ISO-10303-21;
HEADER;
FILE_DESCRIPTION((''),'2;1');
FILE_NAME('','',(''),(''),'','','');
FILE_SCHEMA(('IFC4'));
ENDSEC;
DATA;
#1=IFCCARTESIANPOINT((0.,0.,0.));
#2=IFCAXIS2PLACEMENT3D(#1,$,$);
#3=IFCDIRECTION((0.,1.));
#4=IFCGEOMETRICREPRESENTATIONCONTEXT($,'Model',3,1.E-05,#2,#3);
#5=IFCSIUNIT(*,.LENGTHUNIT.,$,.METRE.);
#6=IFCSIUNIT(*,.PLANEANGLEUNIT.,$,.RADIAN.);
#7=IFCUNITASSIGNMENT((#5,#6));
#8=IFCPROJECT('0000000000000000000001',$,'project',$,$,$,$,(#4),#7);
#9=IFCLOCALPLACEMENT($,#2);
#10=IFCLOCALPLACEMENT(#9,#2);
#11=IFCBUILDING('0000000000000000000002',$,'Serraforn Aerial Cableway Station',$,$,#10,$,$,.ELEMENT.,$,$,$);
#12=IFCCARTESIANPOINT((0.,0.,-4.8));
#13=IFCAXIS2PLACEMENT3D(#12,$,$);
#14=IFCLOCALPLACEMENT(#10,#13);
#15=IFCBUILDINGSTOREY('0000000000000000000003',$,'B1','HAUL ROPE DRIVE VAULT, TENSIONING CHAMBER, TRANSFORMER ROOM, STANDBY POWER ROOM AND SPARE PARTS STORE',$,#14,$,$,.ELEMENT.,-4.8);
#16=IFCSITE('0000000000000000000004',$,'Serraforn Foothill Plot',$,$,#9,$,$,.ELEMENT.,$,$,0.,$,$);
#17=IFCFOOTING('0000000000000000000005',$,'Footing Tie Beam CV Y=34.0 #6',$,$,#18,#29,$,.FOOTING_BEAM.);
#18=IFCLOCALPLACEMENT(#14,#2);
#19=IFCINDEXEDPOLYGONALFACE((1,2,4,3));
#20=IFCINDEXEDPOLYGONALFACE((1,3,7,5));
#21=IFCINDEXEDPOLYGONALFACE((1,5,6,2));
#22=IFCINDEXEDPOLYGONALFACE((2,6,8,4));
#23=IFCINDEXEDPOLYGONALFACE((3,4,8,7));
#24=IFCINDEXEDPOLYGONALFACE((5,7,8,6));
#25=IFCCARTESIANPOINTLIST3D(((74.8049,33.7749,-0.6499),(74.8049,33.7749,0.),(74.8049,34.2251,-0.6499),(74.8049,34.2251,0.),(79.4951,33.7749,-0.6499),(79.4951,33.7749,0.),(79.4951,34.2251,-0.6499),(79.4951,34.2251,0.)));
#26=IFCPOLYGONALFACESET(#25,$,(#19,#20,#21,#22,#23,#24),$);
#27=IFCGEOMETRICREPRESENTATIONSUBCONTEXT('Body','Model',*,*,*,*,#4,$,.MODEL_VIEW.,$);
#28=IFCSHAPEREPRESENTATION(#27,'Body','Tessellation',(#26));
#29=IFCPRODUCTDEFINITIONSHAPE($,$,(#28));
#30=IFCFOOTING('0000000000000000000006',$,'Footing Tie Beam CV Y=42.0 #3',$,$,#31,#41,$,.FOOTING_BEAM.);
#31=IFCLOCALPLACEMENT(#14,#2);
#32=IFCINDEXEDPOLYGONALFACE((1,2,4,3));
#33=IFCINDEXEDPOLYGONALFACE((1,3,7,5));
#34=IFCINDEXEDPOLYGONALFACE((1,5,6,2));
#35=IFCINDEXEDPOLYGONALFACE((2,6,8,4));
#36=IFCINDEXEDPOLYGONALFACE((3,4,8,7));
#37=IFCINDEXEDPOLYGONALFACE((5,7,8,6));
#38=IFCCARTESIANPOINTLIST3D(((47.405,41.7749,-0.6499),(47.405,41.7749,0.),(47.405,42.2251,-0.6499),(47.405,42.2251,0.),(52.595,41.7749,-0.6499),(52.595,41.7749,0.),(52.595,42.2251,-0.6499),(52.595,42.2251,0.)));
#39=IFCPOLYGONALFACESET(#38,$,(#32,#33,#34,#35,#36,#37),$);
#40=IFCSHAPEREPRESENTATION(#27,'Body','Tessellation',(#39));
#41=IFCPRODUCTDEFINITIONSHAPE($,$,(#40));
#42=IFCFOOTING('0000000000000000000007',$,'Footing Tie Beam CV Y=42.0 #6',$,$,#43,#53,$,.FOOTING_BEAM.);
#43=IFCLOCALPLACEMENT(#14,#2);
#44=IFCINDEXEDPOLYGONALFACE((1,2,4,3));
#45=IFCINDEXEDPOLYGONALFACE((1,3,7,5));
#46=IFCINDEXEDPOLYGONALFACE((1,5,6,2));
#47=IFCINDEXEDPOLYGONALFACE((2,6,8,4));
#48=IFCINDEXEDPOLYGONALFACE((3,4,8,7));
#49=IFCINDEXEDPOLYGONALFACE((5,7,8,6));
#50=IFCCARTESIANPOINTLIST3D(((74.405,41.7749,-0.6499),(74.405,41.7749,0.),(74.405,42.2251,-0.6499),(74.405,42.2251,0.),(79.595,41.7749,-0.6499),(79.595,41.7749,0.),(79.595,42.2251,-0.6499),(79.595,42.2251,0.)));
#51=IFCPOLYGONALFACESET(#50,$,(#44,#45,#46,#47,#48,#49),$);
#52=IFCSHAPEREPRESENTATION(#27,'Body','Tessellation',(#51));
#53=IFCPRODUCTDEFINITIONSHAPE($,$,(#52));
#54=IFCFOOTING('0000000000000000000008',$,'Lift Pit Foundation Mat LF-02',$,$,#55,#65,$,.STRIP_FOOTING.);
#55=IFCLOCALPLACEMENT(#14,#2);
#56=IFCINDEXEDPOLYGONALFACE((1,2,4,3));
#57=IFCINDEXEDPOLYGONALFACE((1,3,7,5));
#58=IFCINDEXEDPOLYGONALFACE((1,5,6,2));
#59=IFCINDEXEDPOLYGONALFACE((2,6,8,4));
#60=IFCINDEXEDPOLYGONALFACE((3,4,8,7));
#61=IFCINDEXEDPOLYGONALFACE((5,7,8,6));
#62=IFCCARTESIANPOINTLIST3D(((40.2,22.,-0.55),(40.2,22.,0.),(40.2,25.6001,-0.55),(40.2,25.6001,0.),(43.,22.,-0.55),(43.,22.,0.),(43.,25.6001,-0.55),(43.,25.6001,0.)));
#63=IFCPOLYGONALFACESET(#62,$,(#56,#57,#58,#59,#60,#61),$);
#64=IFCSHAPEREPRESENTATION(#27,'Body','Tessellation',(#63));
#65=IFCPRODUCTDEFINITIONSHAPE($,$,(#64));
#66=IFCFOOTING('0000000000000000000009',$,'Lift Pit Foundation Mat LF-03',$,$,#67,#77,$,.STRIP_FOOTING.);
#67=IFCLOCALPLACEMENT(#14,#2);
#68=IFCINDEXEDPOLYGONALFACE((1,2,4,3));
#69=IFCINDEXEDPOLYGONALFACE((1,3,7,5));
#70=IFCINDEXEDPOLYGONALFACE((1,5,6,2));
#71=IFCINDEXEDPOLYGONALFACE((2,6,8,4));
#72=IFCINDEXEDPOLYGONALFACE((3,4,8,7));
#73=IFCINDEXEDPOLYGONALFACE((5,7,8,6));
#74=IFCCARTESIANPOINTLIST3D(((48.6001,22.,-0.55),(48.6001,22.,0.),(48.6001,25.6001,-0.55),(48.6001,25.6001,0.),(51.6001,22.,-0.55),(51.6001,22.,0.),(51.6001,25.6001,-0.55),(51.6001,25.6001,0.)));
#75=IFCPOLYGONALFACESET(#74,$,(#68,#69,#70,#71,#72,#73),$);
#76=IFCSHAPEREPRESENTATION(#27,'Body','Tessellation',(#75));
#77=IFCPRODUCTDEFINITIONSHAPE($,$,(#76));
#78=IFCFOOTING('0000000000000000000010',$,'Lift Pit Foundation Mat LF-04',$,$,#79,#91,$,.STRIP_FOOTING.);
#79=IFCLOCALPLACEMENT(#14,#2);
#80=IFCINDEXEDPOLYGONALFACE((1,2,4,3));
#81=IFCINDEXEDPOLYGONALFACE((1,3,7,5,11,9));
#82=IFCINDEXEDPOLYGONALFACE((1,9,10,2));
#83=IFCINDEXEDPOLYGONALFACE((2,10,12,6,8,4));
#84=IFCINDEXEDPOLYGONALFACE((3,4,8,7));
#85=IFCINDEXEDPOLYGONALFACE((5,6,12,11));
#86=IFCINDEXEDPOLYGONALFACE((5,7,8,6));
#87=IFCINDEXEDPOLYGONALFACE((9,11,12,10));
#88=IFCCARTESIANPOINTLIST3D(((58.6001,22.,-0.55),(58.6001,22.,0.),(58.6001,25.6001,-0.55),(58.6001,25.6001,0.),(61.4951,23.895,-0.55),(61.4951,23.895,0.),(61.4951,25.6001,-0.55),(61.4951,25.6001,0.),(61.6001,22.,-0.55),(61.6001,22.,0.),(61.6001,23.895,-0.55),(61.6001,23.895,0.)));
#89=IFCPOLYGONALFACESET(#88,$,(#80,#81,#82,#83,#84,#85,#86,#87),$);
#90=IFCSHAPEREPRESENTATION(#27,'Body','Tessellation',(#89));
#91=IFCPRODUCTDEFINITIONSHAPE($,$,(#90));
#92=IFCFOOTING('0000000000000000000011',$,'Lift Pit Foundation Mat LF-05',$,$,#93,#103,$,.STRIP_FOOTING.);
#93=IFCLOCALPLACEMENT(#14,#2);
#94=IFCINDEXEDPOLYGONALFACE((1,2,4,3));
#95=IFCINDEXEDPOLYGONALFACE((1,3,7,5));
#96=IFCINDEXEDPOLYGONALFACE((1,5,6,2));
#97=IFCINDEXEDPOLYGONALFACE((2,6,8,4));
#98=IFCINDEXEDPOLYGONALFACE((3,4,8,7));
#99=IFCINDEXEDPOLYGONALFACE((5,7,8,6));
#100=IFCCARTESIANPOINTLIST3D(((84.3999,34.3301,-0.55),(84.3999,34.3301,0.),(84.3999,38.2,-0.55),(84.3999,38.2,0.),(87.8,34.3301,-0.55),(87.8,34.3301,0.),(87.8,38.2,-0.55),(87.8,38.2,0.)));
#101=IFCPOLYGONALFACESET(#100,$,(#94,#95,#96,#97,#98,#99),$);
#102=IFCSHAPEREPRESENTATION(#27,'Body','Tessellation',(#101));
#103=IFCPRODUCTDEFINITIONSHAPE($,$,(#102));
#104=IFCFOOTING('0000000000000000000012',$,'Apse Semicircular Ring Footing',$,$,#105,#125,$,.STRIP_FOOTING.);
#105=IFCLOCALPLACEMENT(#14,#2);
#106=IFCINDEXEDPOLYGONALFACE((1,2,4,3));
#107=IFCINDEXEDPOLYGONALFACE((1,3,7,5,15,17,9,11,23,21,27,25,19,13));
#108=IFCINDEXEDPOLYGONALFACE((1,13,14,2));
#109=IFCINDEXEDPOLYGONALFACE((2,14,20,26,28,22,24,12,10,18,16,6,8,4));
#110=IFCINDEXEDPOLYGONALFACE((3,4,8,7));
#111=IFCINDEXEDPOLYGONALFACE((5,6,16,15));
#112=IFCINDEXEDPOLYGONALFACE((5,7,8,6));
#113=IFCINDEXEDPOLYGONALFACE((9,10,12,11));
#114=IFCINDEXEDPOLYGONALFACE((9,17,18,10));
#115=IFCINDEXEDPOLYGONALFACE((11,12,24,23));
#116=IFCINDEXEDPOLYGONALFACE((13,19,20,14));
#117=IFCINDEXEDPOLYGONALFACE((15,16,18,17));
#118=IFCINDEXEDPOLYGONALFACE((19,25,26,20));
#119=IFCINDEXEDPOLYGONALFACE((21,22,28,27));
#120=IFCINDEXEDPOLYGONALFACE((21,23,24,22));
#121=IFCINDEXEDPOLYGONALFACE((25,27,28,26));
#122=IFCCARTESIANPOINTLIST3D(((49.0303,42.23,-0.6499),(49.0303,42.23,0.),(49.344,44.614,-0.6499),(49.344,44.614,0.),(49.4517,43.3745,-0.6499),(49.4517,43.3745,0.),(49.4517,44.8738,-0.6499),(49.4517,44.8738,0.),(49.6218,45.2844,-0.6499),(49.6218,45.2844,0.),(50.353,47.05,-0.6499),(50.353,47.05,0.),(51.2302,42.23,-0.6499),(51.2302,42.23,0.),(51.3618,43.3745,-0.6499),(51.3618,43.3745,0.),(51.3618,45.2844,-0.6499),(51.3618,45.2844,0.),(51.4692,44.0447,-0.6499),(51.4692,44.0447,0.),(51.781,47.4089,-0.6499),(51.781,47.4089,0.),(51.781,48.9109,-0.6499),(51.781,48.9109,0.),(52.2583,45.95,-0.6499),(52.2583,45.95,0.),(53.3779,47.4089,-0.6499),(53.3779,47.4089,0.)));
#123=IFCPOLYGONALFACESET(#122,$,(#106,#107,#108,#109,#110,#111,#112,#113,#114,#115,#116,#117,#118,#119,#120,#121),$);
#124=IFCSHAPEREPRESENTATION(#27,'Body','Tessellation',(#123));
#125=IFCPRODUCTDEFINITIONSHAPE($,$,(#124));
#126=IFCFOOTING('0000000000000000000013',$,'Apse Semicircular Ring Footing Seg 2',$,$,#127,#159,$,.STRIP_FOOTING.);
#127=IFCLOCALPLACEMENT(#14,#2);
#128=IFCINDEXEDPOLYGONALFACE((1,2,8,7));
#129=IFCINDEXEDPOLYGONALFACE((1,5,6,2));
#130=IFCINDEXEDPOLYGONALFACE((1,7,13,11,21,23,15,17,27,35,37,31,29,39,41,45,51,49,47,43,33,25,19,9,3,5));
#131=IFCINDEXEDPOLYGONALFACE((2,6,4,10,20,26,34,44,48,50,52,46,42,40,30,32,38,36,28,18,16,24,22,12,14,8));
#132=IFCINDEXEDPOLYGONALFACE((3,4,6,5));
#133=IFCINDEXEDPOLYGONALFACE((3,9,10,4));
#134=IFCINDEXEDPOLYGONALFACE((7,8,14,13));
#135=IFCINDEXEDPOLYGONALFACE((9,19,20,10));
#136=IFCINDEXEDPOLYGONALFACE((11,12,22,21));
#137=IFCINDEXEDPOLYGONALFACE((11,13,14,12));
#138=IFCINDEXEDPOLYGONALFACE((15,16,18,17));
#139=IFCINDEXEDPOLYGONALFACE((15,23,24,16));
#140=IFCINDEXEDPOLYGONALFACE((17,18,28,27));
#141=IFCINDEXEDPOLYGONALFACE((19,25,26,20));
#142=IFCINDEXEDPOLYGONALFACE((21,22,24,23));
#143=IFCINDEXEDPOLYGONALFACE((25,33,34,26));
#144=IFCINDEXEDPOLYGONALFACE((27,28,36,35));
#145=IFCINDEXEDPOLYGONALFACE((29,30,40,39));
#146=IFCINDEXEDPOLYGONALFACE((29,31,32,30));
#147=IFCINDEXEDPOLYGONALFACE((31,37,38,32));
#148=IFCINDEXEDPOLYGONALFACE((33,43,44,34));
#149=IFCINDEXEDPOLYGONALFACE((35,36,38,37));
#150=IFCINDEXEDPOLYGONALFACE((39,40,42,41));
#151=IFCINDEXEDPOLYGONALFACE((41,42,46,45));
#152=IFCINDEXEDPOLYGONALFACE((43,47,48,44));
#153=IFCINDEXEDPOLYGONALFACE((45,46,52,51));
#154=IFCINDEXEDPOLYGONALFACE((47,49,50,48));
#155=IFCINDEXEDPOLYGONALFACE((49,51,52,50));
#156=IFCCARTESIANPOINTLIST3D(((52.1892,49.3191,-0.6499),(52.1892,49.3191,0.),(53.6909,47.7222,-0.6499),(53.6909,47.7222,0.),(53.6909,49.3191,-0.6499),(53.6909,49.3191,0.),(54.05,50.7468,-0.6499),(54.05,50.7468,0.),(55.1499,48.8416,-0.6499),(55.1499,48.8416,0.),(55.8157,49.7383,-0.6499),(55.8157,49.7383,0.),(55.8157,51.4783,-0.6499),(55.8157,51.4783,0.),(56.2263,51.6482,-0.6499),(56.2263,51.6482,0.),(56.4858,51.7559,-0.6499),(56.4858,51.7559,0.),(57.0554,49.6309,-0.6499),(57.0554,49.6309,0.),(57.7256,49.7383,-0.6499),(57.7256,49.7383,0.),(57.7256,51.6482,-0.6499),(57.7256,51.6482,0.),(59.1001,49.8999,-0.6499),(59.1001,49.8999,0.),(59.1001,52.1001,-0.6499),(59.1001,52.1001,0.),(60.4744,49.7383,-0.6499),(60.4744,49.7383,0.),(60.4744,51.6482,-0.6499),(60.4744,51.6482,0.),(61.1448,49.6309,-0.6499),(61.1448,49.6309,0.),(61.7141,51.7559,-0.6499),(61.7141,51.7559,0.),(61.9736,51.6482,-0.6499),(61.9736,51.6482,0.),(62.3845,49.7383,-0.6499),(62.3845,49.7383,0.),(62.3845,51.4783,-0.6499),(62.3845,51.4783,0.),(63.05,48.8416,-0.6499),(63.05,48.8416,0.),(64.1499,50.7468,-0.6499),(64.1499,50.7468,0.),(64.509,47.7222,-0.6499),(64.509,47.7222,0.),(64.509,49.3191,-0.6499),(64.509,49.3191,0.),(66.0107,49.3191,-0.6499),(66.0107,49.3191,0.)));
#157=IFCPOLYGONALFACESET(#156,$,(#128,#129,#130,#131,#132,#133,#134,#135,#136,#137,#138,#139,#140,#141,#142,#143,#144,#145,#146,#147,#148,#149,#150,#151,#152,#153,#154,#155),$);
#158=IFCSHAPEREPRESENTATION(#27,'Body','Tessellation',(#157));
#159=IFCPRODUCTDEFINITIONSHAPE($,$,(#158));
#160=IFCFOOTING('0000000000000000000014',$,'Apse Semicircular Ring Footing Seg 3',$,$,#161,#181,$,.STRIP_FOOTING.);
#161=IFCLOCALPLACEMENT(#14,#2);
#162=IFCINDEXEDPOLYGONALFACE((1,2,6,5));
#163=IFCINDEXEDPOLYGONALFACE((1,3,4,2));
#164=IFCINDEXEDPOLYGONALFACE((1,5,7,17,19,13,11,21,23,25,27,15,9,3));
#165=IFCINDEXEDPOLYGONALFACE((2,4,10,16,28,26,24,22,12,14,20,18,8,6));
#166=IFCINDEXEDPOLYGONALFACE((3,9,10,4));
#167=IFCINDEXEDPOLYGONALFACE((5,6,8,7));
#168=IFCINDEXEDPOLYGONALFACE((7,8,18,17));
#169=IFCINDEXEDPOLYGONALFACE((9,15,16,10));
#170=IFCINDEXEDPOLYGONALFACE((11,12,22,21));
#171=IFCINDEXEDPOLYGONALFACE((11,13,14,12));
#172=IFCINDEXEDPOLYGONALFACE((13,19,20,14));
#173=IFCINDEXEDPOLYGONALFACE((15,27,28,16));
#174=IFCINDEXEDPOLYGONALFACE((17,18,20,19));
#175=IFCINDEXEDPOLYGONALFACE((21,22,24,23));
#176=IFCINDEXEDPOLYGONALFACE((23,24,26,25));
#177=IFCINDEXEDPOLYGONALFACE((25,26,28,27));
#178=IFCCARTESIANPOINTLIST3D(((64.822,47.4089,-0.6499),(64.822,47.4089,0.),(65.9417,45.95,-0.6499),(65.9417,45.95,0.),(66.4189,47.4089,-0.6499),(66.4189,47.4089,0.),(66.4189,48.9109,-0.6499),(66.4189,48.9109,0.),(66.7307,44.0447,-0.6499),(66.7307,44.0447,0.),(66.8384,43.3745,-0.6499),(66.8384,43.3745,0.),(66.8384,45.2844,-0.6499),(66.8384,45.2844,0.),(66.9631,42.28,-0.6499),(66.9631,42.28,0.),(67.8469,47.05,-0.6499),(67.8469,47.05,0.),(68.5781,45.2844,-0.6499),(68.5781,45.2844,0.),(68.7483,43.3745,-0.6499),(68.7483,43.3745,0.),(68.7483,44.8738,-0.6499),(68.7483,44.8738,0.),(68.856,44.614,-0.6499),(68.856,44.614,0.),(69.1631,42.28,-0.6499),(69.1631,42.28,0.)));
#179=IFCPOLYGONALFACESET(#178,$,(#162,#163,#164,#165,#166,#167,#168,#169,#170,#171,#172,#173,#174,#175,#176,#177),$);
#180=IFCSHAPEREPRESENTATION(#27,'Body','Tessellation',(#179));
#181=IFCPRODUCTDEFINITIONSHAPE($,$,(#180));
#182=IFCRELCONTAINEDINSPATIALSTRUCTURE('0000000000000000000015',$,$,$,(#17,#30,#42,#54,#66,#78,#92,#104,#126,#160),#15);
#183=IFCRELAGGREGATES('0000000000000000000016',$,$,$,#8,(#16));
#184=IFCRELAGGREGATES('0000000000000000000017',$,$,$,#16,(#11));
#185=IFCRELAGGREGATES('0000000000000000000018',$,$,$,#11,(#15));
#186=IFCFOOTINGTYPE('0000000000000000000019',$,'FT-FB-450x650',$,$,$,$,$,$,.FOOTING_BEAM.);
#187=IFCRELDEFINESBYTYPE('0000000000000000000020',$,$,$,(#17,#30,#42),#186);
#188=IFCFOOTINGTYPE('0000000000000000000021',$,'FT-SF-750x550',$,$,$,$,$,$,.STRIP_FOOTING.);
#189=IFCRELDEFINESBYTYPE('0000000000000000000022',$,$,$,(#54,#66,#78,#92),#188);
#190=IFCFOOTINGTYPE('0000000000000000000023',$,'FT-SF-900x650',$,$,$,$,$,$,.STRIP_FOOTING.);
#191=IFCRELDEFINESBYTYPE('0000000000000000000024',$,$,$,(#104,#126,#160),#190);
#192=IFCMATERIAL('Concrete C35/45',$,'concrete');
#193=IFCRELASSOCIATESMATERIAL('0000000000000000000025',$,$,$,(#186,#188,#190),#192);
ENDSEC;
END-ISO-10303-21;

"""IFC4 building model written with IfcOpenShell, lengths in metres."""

from ifc_helpers import new_model, si_unit, direction, frame, origin, place, context, subcontext, project, spatial, polyline, outline, extrude, material, type_object, element, save


model = new_model("IFC4")

# Units and contexts
model_context = context("Model", 3, precision=1e-05, world=origin(), true_north=direction((0.0, 1.0)))
body_context = subcontext(model_context, "Body", "Model", "MODEL_VIEW")
ifc_project = project(units=[si_unit("LENGTHUNIT", "METRE"), si_unit("PLANEANGLEUNIT", "RADIAN")], contexts=[model_context])

# Site, building, storey
site_placement = place(None, origin())
site = spatial("IfcSite", under=ifc_project, at=site_placement, Name="Serraforn Foothill Plot", CompositionType="ELEMENT", RefElevation=0.0)
building_placement = place(site_placement, origin())
building = spatial("IfcBuilding", under=site, at=building_placement, Name="Serraforn Aerial Cableway Station", CompositionType="ELEMENT")
storey_placement = place(building_placement, frame((0.0, 0.0, -4.8)))
storey = spatial("IfcBuildingStorey", under=building, at=storey_placement, Name="B1", Description="HAUL ROPE DRIVE VAULT, TENSIONING CHAMBER, TRANSFORMER ROOM, STANDBY POWER ROOM AND SPARE PARTS STORE", CompositionType="ELEMENT", Elevation=-4.8)

# Footings
ifc_material_1 = material(Name="Concrete C35/45", Category="concrete")
footing_type_1 = type_object("IfcFootingType", Name="FT-FB-450x650", PredefinedType="FOOTING_BEAM", material=ifc_material_1)
footing_1_placement = place(storey_placement, frame((0.0, 0.0, -0.6499)))
element("IfcFooting", 1, at=footing_1_placement, inside=storey, type_object=footing_type_1, Name="Footing Tie Beam CV Y=34.0 #6", PredefinedType="FOOTING_BEAM", context=body_context, shape_type="SweptSolid", body=[
    extrude(outline(polyline([(79.4951, 34.2251), (79.4951, 33.7749), (74.8049, 33.7749), (74.8049, 34.2251), (79.4951, 34.2251)])), origin(), (0.0, 0.0, 1.0), 0.6499),
])
footing_2_placement = place(storey_placement, frame((0.0, 0.0, -0.6499)))
element("IfcFooting", 2, at=footing_2_placement, inside=storey, type_object=footing_type_1, Name="Footing Tie Beam CV Y=42.0 #3", PredefinedType="FOOTING_BEAM", context=body_context, shape_type="SweptSolid", body=[
    extrude(outline(polyline([(52.595, 42.2251), (52.595, 41.7749), (47.405, 41.7749), (47.405, 42.2251), (52.595, 42.2251)])), origin(), (0.0, 0.0, 1.0), 0.6499),
])
footing_3_placement = place(storey_placement, frame((0.0, 0.0, -0.6499)))
element("IfcFooting", 3, at=footing_3_placement, inside=storey, type_object=footing_type_1, Name="Footing Tie Beam CV Y=42.0 #6", PredefinedType="FOOTING_BEAM", context=body_context, shape_type="SweptSolid", body=[
    extrude(outline(polyline([(79.595, 42.2251), (79.595, 41.7749), (74.405, 41.7749), (74.405, 42.2251), (79.595, 42.2251)])), origin(), (0.0, 0.0, 1.0), 0.6499),
])
footing_type_2 = type_object("IfcFootingType", Name="FT-SF-750x550", PredefinedType="STRIP_FOOTING", material=ifc_material_1)
footing_4_placement = place(storey_placement, frame((0.0, 0.0, -0.55)))
element("IfcFooting", 4, at=footing_4_placement, inside=storey, type_object=footing_type_2, Name="Lift Pit Foundation Mat LF-02", PredefinedType="STRIP_FOOTING", context=body_context, shape_type="SweptSolid", body=[
    extrude(outline(polyline([(40.2, 22.0), (40.2, 25.6001), (43.0, 25.6001), (43.0, 22.0), (40.2, 22.0)])), origin(), (0.0, 0.0, 1.0), 0.55),
])
footing_5_placement = place(storey_placement, frame((0.0, 0.0, -0.55)))
element("IfcFooting", 5, at=footing_5_placement, inside=storey, type_object=footing_type_2, Name="Lift Pit Foundation Mat LF-03", PredefinedType="STRIP_FOOTING", context=body_context, shape_type="SweptSolid", body=[
    extrude(outline(polyline([(48.6001, 22.0), (48.6001, 25.6001), (51.6001, 25.6001), (51.6001, 22.0), (48.6001, 22.0)])), origin(), (0.0, 0.0, 1.0), 0.55),
])
footing_6_placement = place(storey_placement, frame((0.0, 0.0, -0.55)))
element("IfcFooting", 6, at=footing_6_placement, inside=storey, type_object=footing_type_2, Name="Lift Pit Foundation Mat LF-04", PredefinedType="STRIP_FOOTING", context=body_context, shape_type="SweptSolid", body=[
    extrude(outline(polyline([(61.6001, 22.0), (58.6001, 22.0), (58.6001, 25.6001), (61.4951, 25.6001), (61.4951, 23.895), (61.6001, 23.895), (61.6001, 22.0)])), origin(), (0.0, 0.0, 1.0), 0.55),
])
footing_7_placement = place(storey_placement, frame((0.0, 0.0, -0.55)))
element("IfcFooting", 7, at=footing_7_placement, inside=storey, type_object=footing_type_2, Name="Lift Pit Foundation Mat LF-05", PredefinedType="STRIP_FOOTING", context=body_context, shape_type="SweptSolid", body=[
    extrude(outline(polyline([(84.3999, 38.2), (87.8, 38.2), (87.8, 34.3301), (84.3999, 34.3301), (84.3999, 38.2)])), origin(), (0.0, 0.0, 1.0), 0.55),
])
footing_type_3 = type_object("IfcFootingType", Name="FT-SF-900x650", PredefinedType="STRIP_FOOTING", material=ifc_material_1)
footing_8_placement = place(storey_placement, frame((0.0, 0.0, -0.6499)))
element("IfcFooting", 8, at=footing_8_placement, inside=storey, type_object=footing_type_3, Name="Apse Semicircular Ring Footing", PredefinedType="STRIP_FOOTING", context=body_context, shape_type="SweptSolid", body=[
    extrude(outline(polyline([(49.344, 44.614), (49.4517, 44.8738), (49.4517, 43.3745), (51.3618, 43.3745), (51.3618, 45.2844), (49.6218, 45.2844), (50.353, 47.05), (51.781, 48.9109), (51.781, 47.4089), (53.3779, 47.4089), (52.2583, 45.95), (51.4692, 44.0447), (51.2302, 42.23), (49.0303, 42.23), (49.344, 44.614)])), origin(), (0.0, 0.0, 1.0), 0.6499),
])
footing_9_placement = place(storey_placement, frame((0.0, 0.0, -0.6499)))
element("IfcFooting", 9, at=footing_9_placement, inside=storey, type_object=footing_type_3, Name="Apse Semicircular Ring Footing Seg 2", PredefinedType="STRIP_FOOTING", context=body_context, shape_type="SweptSolid", body=[
    extrude(outline(polyline([(54.05, 50.7468), (55.8157, 51.4783), (55.8157, 49.7383), (57.7256, 49.7383), (57.7256, 51.6482), (56.2263, 51.6482), (56.4858, 51.7559), (59.1001, 52.1001), (61.7141, 51.7559), (61.9736, 51.6482), (60.4744, 51.6482), (60.4744, 49.7383), (62.3845, 49.7383), (62.3845, 51.4783), (64.1499, 50.7468), (66.0107, 49.3191), (64.509, 49.3191), (64.509, 47.7222), (63.05, 48.8416), (61.1448, 49.6309), (59.1001, 49.8999), (57.0554, 49.6309), (55.1499, 48.8416), (53.6909, 47.7222), (53.6909, 49.3191), (52.1892, 49.3191), (54.05, 50.7468)])), origin(), (0.0, 0.0, 1.0), 0.6499),
])
footing_10_placement = place(storey_placement, frame((0.0, 0.0, -0.6499)))
element("IfcFooting", 10, at=footing_10_placement, inside=storey, type_object=footing_type_3, Name="Apse Semicircular Ring Footing Seg 3", PredefinedType="STRIP_FOOTING", context=body_context, shape_type="SweptSolid", body=[
    extrude(outline(polyline([(67.8469, 47.05), (68.5781, 45.2844), (66.8384, 45.2844), (66.8384, 43.3745), (68.7483, 43.3745), (68.7483, 44.8738), (68.856, 44.614), (69.1631, 42.28), (66.9631, 42.28), (66.7307, 44.0447), (65.9417, 45.95), (64.822, 47.4089), (66.4189, 47.4089), (66.4189, 48.9109), (67.8469, 47.05)])), origin(), (0.0, 0.0, 1.0), 0.6499),
])

save(model, "model.ifc")
